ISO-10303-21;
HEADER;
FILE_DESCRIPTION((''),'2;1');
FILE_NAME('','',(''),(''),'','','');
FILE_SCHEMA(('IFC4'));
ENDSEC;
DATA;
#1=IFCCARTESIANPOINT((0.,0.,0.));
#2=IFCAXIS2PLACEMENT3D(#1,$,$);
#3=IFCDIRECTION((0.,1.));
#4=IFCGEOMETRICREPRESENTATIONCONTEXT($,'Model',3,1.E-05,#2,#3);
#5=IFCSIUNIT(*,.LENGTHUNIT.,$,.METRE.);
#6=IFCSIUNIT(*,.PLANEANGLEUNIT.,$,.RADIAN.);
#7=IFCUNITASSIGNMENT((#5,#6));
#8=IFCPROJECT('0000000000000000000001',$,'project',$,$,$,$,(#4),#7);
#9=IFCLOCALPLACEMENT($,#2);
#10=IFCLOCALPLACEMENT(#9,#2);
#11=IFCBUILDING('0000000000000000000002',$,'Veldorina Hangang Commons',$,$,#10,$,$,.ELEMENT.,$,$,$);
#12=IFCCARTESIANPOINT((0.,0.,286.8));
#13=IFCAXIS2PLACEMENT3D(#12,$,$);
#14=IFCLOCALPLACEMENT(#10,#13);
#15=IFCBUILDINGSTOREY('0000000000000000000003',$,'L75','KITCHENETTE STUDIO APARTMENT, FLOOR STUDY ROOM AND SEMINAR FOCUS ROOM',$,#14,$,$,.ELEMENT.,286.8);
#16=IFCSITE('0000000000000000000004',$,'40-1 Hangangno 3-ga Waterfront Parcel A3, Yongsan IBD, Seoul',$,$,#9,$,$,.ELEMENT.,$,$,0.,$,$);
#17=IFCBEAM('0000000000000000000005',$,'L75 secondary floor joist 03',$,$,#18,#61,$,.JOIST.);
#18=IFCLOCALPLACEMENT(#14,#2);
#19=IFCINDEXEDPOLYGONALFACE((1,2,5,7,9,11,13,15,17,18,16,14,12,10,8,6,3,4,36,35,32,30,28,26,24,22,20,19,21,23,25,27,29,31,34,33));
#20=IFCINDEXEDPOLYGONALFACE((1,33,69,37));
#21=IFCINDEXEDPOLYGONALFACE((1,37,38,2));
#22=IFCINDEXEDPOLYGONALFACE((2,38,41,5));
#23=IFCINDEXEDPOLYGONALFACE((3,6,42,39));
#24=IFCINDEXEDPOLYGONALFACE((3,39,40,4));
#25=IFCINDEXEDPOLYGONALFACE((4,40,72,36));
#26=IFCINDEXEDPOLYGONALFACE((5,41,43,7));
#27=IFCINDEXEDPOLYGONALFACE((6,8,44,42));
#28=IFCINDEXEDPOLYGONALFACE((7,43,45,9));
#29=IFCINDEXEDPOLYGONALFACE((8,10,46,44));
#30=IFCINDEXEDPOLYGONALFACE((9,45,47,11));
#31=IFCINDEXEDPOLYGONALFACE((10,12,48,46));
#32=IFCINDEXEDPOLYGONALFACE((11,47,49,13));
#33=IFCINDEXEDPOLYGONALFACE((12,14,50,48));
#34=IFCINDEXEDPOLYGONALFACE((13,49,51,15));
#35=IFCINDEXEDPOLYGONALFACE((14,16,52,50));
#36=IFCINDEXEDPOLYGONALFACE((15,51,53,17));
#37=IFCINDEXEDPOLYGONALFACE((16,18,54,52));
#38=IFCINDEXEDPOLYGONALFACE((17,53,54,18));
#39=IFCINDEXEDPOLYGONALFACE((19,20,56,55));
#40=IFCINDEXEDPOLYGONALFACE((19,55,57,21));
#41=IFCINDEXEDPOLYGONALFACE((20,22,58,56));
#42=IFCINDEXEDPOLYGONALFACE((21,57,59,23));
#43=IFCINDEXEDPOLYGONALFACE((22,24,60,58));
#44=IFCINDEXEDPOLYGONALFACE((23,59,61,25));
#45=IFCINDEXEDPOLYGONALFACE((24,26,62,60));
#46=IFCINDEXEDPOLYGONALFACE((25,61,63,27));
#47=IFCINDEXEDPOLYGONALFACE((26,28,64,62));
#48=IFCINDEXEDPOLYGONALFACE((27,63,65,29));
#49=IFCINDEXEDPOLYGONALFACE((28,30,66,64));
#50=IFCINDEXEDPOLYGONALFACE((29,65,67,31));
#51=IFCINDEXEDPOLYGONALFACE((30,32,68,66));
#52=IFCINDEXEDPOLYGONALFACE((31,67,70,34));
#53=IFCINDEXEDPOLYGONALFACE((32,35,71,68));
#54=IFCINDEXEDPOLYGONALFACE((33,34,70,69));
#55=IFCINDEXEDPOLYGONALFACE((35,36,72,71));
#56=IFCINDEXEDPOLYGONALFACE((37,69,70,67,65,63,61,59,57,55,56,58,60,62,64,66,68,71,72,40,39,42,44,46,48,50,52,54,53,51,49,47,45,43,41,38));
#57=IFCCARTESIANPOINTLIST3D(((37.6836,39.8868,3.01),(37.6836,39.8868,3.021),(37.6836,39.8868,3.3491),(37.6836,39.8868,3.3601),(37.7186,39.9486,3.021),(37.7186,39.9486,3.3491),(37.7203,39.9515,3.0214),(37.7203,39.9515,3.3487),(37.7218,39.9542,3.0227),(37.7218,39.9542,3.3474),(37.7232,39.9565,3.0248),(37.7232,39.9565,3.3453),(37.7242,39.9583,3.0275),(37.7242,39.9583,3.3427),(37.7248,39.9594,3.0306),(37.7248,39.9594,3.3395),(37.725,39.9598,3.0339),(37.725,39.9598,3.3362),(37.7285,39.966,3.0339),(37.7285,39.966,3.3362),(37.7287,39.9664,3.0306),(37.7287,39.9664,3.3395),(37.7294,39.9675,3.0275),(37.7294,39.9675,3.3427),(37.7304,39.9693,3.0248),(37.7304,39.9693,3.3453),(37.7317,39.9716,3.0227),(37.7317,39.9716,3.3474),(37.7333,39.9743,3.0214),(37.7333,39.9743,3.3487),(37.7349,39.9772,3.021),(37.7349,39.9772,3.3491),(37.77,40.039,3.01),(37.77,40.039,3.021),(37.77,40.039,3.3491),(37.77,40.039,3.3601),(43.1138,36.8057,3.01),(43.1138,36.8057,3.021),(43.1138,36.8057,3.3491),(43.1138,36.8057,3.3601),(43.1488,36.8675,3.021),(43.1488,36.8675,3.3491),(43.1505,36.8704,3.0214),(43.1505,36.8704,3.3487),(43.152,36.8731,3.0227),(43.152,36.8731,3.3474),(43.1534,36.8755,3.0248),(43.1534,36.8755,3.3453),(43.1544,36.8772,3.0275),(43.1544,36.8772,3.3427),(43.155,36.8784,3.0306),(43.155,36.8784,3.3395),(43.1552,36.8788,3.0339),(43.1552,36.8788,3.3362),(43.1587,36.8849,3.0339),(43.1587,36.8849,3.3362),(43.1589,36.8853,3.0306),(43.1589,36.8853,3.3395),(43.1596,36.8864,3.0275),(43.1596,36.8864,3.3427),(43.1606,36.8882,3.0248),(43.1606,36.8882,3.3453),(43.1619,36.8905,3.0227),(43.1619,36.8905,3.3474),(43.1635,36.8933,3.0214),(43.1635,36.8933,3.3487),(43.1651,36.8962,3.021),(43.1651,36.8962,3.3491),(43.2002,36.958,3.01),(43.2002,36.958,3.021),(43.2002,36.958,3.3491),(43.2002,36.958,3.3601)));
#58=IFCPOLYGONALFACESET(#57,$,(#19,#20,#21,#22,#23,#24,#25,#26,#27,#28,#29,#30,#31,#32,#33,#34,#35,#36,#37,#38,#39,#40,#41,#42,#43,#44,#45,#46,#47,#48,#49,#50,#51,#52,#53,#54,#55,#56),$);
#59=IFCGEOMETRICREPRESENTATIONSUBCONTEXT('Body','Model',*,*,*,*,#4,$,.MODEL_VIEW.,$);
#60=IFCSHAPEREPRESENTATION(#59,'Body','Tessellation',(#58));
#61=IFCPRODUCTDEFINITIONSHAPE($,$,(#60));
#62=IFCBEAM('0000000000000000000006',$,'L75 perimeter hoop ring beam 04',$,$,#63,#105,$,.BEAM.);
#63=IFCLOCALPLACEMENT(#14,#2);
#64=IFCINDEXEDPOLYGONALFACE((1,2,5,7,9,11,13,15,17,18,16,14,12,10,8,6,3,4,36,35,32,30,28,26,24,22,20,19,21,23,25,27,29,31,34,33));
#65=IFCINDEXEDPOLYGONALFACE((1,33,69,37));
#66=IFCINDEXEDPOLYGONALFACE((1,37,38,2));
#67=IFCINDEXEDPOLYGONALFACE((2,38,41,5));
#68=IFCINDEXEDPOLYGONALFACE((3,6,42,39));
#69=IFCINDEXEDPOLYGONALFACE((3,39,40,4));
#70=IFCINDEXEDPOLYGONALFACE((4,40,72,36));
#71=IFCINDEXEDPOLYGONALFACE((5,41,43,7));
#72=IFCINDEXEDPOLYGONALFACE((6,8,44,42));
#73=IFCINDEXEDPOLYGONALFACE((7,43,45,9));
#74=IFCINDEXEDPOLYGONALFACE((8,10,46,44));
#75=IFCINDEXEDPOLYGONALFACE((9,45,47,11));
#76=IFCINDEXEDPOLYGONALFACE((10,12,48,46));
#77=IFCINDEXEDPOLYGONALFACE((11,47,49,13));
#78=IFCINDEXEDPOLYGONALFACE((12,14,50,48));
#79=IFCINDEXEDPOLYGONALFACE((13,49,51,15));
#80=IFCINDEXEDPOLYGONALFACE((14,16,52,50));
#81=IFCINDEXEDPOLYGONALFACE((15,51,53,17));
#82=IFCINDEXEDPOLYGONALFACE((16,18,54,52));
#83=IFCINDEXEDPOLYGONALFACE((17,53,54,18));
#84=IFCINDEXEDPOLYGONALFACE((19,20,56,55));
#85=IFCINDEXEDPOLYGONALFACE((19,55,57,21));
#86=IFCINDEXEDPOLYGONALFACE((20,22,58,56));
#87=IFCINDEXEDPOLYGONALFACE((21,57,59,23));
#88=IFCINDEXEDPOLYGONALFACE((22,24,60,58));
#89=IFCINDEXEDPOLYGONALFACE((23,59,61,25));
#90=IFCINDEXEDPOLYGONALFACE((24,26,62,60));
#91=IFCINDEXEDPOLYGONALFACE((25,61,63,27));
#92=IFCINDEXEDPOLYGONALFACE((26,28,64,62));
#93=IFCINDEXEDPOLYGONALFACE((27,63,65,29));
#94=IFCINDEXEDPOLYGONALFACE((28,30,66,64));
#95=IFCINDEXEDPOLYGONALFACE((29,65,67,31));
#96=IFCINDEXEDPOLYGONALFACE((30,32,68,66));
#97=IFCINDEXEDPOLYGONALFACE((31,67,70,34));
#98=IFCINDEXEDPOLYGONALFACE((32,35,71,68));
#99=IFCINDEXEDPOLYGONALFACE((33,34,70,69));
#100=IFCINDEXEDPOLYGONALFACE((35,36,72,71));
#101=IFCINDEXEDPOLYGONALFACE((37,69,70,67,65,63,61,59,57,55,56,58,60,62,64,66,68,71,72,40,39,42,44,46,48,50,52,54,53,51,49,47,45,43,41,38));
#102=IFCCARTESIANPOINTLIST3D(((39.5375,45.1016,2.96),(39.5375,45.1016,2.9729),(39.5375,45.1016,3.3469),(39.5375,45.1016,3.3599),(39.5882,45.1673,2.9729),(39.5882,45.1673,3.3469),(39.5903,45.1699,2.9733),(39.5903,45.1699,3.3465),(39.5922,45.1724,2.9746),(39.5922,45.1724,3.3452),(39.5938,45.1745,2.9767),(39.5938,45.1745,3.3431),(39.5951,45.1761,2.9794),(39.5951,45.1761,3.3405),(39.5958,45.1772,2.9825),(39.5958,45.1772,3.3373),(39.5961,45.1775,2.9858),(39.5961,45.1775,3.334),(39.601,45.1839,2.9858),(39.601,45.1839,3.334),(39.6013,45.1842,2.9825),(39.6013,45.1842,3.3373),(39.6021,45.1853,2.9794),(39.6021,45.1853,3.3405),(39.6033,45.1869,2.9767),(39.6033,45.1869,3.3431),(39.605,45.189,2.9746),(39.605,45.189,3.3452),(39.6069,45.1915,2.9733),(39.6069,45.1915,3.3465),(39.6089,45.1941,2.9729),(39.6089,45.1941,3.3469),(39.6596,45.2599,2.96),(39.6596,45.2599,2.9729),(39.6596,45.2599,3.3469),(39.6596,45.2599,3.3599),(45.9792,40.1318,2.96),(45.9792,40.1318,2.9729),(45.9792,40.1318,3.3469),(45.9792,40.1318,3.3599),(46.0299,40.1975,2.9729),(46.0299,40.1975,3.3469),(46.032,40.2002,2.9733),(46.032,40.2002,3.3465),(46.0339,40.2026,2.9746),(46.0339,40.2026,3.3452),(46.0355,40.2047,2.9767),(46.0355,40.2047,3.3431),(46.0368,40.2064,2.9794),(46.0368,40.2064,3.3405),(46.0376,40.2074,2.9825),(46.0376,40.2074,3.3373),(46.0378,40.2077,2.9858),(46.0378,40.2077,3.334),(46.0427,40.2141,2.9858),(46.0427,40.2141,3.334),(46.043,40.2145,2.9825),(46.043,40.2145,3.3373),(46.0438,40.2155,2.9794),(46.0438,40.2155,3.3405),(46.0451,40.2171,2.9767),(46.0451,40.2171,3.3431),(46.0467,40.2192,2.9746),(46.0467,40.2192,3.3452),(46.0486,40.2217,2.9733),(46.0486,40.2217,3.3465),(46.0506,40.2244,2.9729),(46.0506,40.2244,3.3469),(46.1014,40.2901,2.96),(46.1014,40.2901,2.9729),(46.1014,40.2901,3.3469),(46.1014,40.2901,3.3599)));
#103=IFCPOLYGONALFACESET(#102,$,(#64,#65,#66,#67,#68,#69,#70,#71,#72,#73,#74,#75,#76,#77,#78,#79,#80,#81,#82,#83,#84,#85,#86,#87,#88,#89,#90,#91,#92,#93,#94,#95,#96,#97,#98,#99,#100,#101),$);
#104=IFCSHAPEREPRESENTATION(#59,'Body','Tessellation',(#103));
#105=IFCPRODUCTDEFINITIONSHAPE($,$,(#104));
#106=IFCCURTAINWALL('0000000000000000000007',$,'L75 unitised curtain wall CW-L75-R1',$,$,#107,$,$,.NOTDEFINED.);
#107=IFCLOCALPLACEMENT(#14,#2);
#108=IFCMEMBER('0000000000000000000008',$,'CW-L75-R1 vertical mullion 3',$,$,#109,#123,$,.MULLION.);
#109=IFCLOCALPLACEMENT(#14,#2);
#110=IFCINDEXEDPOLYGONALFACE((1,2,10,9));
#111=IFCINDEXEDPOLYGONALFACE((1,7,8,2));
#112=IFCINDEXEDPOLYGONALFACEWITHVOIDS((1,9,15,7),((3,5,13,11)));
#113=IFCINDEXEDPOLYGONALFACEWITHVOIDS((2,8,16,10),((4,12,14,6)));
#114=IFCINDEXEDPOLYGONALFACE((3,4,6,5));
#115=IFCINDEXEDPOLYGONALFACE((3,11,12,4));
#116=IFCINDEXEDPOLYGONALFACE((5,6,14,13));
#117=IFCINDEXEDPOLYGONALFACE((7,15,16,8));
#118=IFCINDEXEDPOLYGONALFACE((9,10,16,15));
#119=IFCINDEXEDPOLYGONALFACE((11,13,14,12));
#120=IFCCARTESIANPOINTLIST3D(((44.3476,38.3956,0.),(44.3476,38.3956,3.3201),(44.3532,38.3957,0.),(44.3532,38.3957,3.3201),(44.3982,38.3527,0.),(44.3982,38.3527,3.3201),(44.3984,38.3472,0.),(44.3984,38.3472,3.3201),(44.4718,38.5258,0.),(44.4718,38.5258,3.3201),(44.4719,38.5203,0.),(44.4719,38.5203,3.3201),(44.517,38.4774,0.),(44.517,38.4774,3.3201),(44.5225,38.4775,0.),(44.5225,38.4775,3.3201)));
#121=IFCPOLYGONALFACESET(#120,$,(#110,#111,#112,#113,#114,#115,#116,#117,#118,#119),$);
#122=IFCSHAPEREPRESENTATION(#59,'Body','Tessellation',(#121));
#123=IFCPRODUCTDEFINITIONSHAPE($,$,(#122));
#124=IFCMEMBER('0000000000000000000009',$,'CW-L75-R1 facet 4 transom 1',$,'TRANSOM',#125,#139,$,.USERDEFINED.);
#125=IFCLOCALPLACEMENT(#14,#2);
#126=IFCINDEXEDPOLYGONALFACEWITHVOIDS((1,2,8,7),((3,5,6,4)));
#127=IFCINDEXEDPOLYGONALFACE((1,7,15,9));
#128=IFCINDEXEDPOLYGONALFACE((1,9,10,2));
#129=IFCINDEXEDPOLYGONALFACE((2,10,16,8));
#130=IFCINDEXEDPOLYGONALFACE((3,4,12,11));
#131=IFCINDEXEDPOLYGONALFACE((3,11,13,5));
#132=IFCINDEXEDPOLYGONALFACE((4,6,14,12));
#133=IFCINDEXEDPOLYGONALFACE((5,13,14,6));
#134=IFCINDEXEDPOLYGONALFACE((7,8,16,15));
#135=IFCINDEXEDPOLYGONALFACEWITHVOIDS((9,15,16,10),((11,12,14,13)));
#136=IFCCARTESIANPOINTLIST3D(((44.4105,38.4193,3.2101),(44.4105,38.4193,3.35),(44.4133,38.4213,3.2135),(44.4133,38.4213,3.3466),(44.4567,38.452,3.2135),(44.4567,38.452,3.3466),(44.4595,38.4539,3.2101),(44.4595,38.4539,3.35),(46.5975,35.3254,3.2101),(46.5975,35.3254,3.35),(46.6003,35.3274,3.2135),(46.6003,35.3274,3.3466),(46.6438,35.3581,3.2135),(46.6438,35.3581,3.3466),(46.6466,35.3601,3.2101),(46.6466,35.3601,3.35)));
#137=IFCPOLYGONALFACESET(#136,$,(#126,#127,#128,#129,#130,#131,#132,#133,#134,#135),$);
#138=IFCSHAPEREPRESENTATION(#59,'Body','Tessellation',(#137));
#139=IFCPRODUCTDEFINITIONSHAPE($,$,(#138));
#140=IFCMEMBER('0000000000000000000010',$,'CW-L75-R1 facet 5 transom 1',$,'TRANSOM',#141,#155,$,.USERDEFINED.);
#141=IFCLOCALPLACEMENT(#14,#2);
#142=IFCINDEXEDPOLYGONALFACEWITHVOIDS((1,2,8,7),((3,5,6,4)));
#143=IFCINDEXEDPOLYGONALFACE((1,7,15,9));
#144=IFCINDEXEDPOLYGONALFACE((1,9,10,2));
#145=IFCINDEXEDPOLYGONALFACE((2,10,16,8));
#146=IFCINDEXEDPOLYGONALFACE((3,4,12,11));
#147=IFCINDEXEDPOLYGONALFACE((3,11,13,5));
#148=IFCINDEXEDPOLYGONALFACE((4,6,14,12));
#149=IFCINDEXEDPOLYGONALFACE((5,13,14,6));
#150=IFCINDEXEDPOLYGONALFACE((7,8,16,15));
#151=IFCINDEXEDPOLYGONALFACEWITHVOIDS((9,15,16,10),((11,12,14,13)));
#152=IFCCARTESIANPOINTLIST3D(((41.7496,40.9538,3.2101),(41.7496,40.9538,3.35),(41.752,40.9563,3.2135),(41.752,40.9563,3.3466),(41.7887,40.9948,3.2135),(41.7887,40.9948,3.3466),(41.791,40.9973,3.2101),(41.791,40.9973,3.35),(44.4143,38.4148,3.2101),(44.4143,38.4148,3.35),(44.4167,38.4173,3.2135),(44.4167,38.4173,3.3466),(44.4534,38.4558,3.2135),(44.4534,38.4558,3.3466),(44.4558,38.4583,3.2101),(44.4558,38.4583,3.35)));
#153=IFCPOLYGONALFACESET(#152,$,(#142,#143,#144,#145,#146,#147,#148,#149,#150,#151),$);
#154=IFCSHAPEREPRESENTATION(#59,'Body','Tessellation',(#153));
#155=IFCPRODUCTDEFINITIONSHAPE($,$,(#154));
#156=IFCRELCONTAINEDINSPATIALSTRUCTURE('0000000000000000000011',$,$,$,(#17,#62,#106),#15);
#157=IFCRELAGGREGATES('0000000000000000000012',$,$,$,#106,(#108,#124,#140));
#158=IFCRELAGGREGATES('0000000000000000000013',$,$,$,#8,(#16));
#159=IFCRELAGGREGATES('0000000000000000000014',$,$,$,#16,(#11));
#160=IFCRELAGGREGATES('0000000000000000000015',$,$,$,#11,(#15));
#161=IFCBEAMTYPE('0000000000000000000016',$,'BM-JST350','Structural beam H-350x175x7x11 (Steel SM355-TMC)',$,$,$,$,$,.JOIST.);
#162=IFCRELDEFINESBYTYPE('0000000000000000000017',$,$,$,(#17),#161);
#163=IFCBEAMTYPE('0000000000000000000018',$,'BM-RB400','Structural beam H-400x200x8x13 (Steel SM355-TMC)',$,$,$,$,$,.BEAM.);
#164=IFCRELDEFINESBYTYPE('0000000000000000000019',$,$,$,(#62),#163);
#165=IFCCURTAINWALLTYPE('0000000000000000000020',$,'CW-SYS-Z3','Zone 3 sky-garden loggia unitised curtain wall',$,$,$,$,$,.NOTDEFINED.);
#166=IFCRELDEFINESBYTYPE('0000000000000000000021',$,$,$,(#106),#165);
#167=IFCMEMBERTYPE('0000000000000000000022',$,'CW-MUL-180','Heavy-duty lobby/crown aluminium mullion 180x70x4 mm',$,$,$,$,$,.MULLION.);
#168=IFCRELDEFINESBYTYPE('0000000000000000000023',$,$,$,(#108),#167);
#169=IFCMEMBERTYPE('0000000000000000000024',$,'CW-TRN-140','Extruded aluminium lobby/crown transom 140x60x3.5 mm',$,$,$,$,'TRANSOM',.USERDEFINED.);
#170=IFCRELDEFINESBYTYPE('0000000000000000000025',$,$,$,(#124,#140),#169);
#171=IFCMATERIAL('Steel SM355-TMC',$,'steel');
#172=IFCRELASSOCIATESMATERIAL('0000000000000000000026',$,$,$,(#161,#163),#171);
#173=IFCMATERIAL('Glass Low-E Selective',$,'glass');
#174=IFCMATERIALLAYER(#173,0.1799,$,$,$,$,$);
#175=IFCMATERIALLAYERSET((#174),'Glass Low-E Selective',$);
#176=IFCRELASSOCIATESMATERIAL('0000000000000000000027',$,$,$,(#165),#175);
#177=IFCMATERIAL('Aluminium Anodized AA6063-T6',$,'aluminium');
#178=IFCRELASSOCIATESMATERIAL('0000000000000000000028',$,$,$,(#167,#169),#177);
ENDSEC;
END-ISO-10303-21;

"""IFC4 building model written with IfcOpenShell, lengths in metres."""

from ifc_helpers import new_model, si_unit, direction, frame, origin, origin_2d, place, context, subcontext, project, spatial, hollow_rectangle, i_section, extrude, material, layer, layer_set, material_profile, profile_set, type_object, element, aggregate, save


model = new_model("IFC4")

# Units and contexts
model_context = context("Model", 3, precision=1e-05, world=origin(), true_north=direction((0.0, 1.0)))
body_context = subcontext(model_context, "Body", "Model", "MODEL_VIEW")
ifc_project = project(units=[si_unit("LENGTHUNIT", "METRE"), si_unit("PLANEANGLEUNIT", "RADIAN")], contexts=[model_context])

# Site, building, storey
site_placement = place(None, origin())
site = spatial("IfcSite", under=ifc_project, at=site_placement, Name="40-1 Hangangno 3-ga Waterfront Parcel A3, Yongsan IBD, Seoul", CompositionType="ELEMENT", RefElevation=0.0)
building_placement = place(site_placement, origin())
building = spatial("IfcBuilding", under=site, at=building_placement, Name="Veldorina Hangang Commons", CompositionType="ELEMENT")
storey_placement = place(building_placement, frame((0.0, 0.0, 286.8)))
storey = spatial("IfcBuildingStorey", under=building, at=storey_placement, Name="L75", Description="KITCHENETTE STUDIO APARTMENT, FLOOR STUDY ROOM AND SEMINAR FOCUS ROOM", CompositionType="ELEMENT", Elevation=286.8)

# Beams
ifc_material_1 = material(Name="Steel SM355-TMC", Category="steel")
ifc_material_profile_1 = material_profile(ifc_material_1, i_section(OverallWidth=0.175, OverallDepth=0.3501, WebThickness=0.0071, FlangeThickness=0.011, FilletRadius=0.0129, at=origin_2d()), Name="H-350x175x7x11")
ifc_profile_set_1 = profile_set([ifc_material_profile_1], Name="Steel SM355-TMC")
beam_type_1 = type_object("IfcBeamType", Name="BM-JST350", Description="Structural beam H-350x175x7x11 (Steel SM355-TMC)", PredefinedType="JOIST", material=ifc_profile_set_1)
beam_1_placement = place(storey_placement, frame((43.157, 36.8818, 3.1851), z_axis=(-0.86975, 0.493492, 0.0), x_axis=(-0.493492, -0.86975, 0.0)))
element("IfcBeam", 1, at=beam_1_placement, inside=storey, type_object=beam_type_1, Name="L75 secondary floor joist 03", PredefinedType="JOIST", context=body_context, shape_type="SweptSolid", body=[
    extrude(i_section(OverallWidth=0.175, OverallDepth=0.3501, WebThickness=0.0071, FlangeThickness=0.011, FilletRadius=0.0129, at=origin_2d()), origin(), (0.0, 0.0, 1.0), 6.2434),
])
ifc_material_profile_2 = material_profile(ifc_material_1, i_section(OverallWidth=0.2, OverallDepth=0.3999, WebThickness=0.0081, FlangeThickness=0.0129, FilletRadius=0.0129, at=origin_2d()), Name="H-400x200x8x13")
ifc_profile_set_2 = profile_set([ifc_material_profile_2], Name="Steel SM355-TMC")
beam_type_2 = type_object("IfcBeamType", Name="BM-RB400", Description="Structural beam H-400x200x8x13 (Steel SM355-TMC)", PredefinedType="BEAM", material=ifc_profile_set_2)
beam_2_placement = place(storey_placement, frame((46.0403, 40.2109, 3.1599), z_axis=(-0.791755, 0.610838, 0.0), x_axis=(-0.610838, -0.791755, 0.0)))
element("IfcBeam", 2, at=beam_2_placement, inside=storey, type_object=beam_type_2, Name="L75 perimeter hoop ring beam 04", PredefinedType="BEAM", context=body_context, shape_type="SweptSolid", body=[
    extrude(i_section(OverallWidth=0.2, OverallDepth=0.3999, WebThickness=0.0081, FlangeThickness=0.0129, FilletRadius=0.0129, at=origin_2d()), origin(), (0.0, 0.0, 1.0), 8.136),
])

# Curtain wall, members
ifc_material_2 = material(Name="Glass Low-E Selective", Category="glass")
ifc_layer_1 = layer(ifc_material_2, 0.1799)
ifc_layer_set_1 = layer_set([ifc_layer_1], Name="Glass Low-E Selective")
curtain_wall_type = type_object("IfcCurtainWallType", Name="CW-SYS-Z3", Description="Zone 3 sky-garden loggia unitised curtain wall", PredefinedType="NOTDEFINED", material=ifc_layer_set_1)
curtain_wall_placement = place(storey_placement, origin())
curtain_wall = element("IfcCurtainWall", 3, at=curtain_wall_placement, inside=storey, type_object=curtain_wall_type, Name="L75 unitised curtain wall CW-L75-R1", PredefinedType="NOTDEFINED")
ifc_material_3 = material(Name="Aluminium Anodized AA6063-T6", Category="aluminium")
ifc_material_profile_3 = material_profile(ifc_material_3, hollow_rectangle(XDim=0.0701, YDim=0.1799, WallThickness=0.0039, at=origin_2d()), Name="ALU-RHS-180x70x4")
ifc_profile_set_3 = profile_set([ifc_material_profile_3], Name="Aluminium Anodized AA6063-T6")
member_type_1 = type_object("IfcMemberType", Name="CW-MUL-180", Description="Heavy-duty lobby/crown aluminium mullion 180x70x4 mm", PredefinedType="MULLION", material=ifc_profile_set_3)
member_1_placement = place(storey_placement, frame((44.4351, 38.4365, 0.0), z_axis=(0.0, 0.0, 1.0), x_axis=(-0.724003, 0.689796, 0.0)))
member_1 = element("IfcMember", 4, at=member_1_placement, type_object=member_type_1, Name="CW-L75-R1 vertical mullion 3", PredefinedType="MULLION", context=body_context, shape_type="SweptSolid", body=[
    extrude(hollow_rectangle(XDim=0.0701, YDim=0.1799, WallThickness=0.0039, at=origin_2d()), origin(), (0.0, 0.0, 1.0), 3.3201),
])
ifc_material_profile_4 = material_profile(ifc_material_3, hollow_rectangle(XDim=0.0601, YDim=0.1399, WallThickness=0.0034, at=origin_2d()), Name="ALU-RHS-140x60x3.5")
ifc_profile_set_4 = profile_set([ifc_material_profile_4], Name="Aluminium Anodized AA6063-T6")
member_type_2 = type_object("IfcMemberType", Name="CW-TRN-140", Description="Extruded aluminium lobby/crown transom 140x60x3.5 mm", ElementType="TRANSOM", PredefinedType="USERDEFINED", material=ifc_profile_set_4)
member_2_placement = place(storey_placement, frame((46.6221, 35.3428, 3.28), z_axis=(-0.577245, 0.816571, 0.0), x_axis=(-0.816571, -0.577245, 0.0)))
member_2 = element("IfcMember", 5, at=member_2_placement, type_object=member_type_2, Name="CW-L75-R1 facet 4 transom 1", ObjectType="TRANSOM", PredefinedType="USERDEFINED", context=body_context, shape_type="SweptSolid", body=[
    extrude(hollow_rectangle(XDim=0.0601, YDim=0.1399, WallThickness=0.0034, at=origin_2d()), origin(), (0.0, 0.0, 1.0), 3.7888),
])
member_3_placement = place(storey_placement, frame((44.4351, 38.4365, 3.28), z_axis=(-0.72398, 0.689821, 0.0), x_axis=(-0.689821, -0.72398, 0.0)))
member_3 = element("IfcMember", 6, at=member_3_placement, type_object=member_type_2, Name="CW-L75-R1 facet 5 transom 1", ObjectType="TRANSOM", PredefinedType="USERDEFINED", context=body_context, shape_type="SweptSolid", body=[
    extrude(hollow_rectangle(XDim=0.0601, YDim=0.1399, WallThickness=0.0034, at=origin_2d()), origin(), (0.0, 0.0, 1.0), 3.6807),
])

aggregate(curtain_wall, [member_1, member_2, member_3])

save(model, "model.ifc")
